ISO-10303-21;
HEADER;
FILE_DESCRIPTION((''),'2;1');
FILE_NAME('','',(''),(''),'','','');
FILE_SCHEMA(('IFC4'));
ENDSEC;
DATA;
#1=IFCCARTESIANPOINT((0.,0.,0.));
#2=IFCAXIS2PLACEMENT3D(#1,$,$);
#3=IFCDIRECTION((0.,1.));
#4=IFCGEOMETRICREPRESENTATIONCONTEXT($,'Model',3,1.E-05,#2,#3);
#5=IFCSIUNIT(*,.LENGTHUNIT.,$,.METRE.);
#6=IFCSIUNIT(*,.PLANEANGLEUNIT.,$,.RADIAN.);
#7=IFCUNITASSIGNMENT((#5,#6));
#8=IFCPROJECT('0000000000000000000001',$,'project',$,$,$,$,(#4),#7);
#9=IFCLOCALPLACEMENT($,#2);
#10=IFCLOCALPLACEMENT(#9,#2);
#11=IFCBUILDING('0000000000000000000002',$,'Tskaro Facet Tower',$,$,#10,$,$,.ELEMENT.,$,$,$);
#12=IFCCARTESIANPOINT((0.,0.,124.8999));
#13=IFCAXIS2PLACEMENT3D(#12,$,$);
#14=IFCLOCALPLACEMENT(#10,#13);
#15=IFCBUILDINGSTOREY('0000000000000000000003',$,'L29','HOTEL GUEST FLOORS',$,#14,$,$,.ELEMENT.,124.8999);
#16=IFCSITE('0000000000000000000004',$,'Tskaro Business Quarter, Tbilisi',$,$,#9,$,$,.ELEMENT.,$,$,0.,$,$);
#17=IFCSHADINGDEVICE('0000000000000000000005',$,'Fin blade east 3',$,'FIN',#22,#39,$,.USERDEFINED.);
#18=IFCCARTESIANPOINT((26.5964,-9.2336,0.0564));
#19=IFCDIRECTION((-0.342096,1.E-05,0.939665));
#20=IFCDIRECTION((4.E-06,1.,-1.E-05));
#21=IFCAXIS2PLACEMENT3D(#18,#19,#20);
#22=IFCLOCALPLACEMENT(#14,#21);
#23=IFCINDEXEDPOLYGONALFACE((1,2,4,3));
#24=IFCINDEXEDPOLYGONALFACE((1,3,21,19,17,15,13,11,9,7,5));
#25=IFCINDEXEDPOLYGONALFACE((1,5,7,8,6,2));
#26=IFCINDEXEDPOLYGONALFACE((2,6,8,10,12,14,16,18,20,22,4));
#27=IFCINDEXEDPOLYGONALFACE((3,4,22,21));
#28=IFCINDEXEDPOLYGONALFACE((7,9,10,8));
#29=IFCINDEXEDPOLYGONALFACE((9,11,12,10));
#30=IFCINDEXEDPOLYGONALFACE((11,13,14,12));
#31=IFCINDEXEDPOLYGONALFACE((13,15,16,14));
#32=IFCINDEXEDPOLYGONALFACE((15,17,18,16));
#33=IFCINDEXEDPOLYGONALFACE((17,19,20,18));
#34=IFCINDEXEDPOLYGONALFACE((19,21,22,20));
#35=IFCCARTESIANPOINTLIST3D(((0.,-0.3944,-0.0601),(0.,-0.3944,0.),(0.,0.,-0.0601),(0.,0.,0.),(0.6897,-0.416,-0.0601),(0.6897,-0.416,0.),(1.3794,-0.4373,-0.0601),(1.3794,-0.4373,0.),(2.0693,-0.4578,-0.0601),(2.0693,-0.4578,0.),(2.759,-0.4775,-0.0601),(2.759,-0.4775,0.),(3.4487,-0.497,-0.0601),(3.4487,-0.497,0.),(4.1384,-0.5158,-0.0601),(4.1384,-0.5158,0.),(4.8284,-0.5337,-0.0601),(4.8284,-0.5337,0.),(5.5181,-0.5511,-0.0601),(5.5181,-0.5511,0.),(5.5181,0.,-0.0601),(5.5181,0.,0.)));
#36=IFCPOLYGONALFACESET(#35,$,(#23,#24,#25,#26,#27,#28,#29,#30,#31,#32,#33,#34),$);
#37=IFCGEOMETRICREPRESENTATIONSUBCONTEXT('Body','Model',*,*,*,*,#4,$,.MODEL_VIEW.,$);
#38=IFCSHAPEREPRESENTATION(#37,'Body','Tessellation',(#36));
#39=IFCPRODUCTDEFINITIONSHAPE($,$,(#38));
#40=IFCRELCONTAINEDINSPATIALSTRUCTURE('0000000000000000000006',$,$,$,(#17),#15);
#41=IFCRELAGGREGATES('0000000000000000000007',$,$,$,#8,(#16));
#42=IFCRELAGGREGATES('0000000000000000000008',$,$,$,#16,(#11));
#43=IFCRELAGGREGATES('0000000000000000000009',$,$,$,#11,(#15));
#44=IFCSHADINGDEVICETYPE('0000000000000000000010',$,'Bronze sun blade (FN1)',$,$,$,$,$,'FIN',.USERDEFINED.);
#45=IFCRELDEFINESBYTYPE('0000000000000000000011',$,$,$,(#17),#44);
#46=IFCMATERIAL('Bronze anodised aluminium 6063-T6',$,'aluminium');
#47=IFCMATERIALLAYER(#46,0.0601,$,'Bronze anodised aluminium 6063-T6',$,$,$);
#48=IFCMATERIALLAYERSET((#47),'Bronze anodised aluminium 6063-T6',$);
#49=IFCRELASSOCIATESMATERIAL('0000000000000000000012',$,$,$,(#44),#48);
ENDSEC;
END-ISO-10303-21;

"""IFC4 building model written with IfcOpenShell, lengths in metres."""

from ifc_helpers import new_model, si_unit, direction, frame, origin, place, context, subcontext, project, spatial, polyline, outline, extrude, material, layer, layer_set, type_object, element, save


model = new_model("IFC4")

# Units and contexts
model_context = context("Model", 3, precision=1e-05, world=origin(), true_north=direction((0.0, 1.0)))
body_context = subcontext(model_context, "Body", "Model", "MODEL_VIEW")
ifc_project = project(units=[si_unit("LENGTHUNIT", "METRE"), si_unit("PLANEANGLEUNIT", "RADIAN")], contexts=[model_context])

# Site, building, storey
site_placement = place(None, origin())
site = spatial("IfcSite", under=ifc_project, at=site_placement, Name="Tskaro Business Quarter, Tbilisi", CompositionType="ELEMENT", RefElevation=0.0)
building_placement = place(site_placement, origin())
building = spatial("IfcBuilding", under=site, at=building_placement, Name="Tskaro Facet Tower", CompositionType="ELEMENT")
storey_placement = place(building_placement, frame((0.0, 0.0, 124.8999)))
storey = spatial("IfcBuildingStorey", under=building, at=storey_placement, Name="L29", Description="HOTEL GUEST FLOORS", CompositionType="ELEMENT", Elevation=124.8999)

# Shared definitions
ifc_material_1 = material(Name="Bronze anodised aluminium 6063-T6", Category="aluminium")

# Shading device
ifc_layer_1 = layer(ifc_material_1, 0.0601, Name="Bronze anodised aluminium 6063-T6")
ifc_layer_set_1 = layer_set([ifc_layer_1], Name="Bronze anodised aluminium 6063-T6")
shading_device_type = type_object("IfcShadingDeviceType", Name="Bronze sun blade (FN1)", ElementType="FIN", PredefinedType="USERDEFINED", material=ifc_layer_set_1)
shading_device_placement = place(storey_placement, frame((26.5964, -9.2336, 0.0564), z_axis=(-0.342096, 0.00001, 0.939665), x_axis=(0.000004, 1.0, -0.00001)))
element("IfcShadingDevice", 1, at=shading_device_placement, inside=storey, type_object=shading_device_type, Name="Fin blade east 3", ObjectType="FIN", PredefinedType="USERDEFINED", context=body_context, shape_type="SweptSolid", body=[
    extrude(outline(polyline([(0.0, 0.0), (5.5181, 0.0), (5.5181, -0.5511), (4.8284, -0.5337), (4.1384, -0.5158), (3.4487, -0.497), (2.759, -0.4775), (2.0693, -0.4578), (1.3794, -0.4373), (0.6897, -0.416), (0.0, -0.3944), (0.0, 0.0)])), origin(), (0.0, 0.0, -1.0), 0.0601),
])

save(model, "model.ifc")
